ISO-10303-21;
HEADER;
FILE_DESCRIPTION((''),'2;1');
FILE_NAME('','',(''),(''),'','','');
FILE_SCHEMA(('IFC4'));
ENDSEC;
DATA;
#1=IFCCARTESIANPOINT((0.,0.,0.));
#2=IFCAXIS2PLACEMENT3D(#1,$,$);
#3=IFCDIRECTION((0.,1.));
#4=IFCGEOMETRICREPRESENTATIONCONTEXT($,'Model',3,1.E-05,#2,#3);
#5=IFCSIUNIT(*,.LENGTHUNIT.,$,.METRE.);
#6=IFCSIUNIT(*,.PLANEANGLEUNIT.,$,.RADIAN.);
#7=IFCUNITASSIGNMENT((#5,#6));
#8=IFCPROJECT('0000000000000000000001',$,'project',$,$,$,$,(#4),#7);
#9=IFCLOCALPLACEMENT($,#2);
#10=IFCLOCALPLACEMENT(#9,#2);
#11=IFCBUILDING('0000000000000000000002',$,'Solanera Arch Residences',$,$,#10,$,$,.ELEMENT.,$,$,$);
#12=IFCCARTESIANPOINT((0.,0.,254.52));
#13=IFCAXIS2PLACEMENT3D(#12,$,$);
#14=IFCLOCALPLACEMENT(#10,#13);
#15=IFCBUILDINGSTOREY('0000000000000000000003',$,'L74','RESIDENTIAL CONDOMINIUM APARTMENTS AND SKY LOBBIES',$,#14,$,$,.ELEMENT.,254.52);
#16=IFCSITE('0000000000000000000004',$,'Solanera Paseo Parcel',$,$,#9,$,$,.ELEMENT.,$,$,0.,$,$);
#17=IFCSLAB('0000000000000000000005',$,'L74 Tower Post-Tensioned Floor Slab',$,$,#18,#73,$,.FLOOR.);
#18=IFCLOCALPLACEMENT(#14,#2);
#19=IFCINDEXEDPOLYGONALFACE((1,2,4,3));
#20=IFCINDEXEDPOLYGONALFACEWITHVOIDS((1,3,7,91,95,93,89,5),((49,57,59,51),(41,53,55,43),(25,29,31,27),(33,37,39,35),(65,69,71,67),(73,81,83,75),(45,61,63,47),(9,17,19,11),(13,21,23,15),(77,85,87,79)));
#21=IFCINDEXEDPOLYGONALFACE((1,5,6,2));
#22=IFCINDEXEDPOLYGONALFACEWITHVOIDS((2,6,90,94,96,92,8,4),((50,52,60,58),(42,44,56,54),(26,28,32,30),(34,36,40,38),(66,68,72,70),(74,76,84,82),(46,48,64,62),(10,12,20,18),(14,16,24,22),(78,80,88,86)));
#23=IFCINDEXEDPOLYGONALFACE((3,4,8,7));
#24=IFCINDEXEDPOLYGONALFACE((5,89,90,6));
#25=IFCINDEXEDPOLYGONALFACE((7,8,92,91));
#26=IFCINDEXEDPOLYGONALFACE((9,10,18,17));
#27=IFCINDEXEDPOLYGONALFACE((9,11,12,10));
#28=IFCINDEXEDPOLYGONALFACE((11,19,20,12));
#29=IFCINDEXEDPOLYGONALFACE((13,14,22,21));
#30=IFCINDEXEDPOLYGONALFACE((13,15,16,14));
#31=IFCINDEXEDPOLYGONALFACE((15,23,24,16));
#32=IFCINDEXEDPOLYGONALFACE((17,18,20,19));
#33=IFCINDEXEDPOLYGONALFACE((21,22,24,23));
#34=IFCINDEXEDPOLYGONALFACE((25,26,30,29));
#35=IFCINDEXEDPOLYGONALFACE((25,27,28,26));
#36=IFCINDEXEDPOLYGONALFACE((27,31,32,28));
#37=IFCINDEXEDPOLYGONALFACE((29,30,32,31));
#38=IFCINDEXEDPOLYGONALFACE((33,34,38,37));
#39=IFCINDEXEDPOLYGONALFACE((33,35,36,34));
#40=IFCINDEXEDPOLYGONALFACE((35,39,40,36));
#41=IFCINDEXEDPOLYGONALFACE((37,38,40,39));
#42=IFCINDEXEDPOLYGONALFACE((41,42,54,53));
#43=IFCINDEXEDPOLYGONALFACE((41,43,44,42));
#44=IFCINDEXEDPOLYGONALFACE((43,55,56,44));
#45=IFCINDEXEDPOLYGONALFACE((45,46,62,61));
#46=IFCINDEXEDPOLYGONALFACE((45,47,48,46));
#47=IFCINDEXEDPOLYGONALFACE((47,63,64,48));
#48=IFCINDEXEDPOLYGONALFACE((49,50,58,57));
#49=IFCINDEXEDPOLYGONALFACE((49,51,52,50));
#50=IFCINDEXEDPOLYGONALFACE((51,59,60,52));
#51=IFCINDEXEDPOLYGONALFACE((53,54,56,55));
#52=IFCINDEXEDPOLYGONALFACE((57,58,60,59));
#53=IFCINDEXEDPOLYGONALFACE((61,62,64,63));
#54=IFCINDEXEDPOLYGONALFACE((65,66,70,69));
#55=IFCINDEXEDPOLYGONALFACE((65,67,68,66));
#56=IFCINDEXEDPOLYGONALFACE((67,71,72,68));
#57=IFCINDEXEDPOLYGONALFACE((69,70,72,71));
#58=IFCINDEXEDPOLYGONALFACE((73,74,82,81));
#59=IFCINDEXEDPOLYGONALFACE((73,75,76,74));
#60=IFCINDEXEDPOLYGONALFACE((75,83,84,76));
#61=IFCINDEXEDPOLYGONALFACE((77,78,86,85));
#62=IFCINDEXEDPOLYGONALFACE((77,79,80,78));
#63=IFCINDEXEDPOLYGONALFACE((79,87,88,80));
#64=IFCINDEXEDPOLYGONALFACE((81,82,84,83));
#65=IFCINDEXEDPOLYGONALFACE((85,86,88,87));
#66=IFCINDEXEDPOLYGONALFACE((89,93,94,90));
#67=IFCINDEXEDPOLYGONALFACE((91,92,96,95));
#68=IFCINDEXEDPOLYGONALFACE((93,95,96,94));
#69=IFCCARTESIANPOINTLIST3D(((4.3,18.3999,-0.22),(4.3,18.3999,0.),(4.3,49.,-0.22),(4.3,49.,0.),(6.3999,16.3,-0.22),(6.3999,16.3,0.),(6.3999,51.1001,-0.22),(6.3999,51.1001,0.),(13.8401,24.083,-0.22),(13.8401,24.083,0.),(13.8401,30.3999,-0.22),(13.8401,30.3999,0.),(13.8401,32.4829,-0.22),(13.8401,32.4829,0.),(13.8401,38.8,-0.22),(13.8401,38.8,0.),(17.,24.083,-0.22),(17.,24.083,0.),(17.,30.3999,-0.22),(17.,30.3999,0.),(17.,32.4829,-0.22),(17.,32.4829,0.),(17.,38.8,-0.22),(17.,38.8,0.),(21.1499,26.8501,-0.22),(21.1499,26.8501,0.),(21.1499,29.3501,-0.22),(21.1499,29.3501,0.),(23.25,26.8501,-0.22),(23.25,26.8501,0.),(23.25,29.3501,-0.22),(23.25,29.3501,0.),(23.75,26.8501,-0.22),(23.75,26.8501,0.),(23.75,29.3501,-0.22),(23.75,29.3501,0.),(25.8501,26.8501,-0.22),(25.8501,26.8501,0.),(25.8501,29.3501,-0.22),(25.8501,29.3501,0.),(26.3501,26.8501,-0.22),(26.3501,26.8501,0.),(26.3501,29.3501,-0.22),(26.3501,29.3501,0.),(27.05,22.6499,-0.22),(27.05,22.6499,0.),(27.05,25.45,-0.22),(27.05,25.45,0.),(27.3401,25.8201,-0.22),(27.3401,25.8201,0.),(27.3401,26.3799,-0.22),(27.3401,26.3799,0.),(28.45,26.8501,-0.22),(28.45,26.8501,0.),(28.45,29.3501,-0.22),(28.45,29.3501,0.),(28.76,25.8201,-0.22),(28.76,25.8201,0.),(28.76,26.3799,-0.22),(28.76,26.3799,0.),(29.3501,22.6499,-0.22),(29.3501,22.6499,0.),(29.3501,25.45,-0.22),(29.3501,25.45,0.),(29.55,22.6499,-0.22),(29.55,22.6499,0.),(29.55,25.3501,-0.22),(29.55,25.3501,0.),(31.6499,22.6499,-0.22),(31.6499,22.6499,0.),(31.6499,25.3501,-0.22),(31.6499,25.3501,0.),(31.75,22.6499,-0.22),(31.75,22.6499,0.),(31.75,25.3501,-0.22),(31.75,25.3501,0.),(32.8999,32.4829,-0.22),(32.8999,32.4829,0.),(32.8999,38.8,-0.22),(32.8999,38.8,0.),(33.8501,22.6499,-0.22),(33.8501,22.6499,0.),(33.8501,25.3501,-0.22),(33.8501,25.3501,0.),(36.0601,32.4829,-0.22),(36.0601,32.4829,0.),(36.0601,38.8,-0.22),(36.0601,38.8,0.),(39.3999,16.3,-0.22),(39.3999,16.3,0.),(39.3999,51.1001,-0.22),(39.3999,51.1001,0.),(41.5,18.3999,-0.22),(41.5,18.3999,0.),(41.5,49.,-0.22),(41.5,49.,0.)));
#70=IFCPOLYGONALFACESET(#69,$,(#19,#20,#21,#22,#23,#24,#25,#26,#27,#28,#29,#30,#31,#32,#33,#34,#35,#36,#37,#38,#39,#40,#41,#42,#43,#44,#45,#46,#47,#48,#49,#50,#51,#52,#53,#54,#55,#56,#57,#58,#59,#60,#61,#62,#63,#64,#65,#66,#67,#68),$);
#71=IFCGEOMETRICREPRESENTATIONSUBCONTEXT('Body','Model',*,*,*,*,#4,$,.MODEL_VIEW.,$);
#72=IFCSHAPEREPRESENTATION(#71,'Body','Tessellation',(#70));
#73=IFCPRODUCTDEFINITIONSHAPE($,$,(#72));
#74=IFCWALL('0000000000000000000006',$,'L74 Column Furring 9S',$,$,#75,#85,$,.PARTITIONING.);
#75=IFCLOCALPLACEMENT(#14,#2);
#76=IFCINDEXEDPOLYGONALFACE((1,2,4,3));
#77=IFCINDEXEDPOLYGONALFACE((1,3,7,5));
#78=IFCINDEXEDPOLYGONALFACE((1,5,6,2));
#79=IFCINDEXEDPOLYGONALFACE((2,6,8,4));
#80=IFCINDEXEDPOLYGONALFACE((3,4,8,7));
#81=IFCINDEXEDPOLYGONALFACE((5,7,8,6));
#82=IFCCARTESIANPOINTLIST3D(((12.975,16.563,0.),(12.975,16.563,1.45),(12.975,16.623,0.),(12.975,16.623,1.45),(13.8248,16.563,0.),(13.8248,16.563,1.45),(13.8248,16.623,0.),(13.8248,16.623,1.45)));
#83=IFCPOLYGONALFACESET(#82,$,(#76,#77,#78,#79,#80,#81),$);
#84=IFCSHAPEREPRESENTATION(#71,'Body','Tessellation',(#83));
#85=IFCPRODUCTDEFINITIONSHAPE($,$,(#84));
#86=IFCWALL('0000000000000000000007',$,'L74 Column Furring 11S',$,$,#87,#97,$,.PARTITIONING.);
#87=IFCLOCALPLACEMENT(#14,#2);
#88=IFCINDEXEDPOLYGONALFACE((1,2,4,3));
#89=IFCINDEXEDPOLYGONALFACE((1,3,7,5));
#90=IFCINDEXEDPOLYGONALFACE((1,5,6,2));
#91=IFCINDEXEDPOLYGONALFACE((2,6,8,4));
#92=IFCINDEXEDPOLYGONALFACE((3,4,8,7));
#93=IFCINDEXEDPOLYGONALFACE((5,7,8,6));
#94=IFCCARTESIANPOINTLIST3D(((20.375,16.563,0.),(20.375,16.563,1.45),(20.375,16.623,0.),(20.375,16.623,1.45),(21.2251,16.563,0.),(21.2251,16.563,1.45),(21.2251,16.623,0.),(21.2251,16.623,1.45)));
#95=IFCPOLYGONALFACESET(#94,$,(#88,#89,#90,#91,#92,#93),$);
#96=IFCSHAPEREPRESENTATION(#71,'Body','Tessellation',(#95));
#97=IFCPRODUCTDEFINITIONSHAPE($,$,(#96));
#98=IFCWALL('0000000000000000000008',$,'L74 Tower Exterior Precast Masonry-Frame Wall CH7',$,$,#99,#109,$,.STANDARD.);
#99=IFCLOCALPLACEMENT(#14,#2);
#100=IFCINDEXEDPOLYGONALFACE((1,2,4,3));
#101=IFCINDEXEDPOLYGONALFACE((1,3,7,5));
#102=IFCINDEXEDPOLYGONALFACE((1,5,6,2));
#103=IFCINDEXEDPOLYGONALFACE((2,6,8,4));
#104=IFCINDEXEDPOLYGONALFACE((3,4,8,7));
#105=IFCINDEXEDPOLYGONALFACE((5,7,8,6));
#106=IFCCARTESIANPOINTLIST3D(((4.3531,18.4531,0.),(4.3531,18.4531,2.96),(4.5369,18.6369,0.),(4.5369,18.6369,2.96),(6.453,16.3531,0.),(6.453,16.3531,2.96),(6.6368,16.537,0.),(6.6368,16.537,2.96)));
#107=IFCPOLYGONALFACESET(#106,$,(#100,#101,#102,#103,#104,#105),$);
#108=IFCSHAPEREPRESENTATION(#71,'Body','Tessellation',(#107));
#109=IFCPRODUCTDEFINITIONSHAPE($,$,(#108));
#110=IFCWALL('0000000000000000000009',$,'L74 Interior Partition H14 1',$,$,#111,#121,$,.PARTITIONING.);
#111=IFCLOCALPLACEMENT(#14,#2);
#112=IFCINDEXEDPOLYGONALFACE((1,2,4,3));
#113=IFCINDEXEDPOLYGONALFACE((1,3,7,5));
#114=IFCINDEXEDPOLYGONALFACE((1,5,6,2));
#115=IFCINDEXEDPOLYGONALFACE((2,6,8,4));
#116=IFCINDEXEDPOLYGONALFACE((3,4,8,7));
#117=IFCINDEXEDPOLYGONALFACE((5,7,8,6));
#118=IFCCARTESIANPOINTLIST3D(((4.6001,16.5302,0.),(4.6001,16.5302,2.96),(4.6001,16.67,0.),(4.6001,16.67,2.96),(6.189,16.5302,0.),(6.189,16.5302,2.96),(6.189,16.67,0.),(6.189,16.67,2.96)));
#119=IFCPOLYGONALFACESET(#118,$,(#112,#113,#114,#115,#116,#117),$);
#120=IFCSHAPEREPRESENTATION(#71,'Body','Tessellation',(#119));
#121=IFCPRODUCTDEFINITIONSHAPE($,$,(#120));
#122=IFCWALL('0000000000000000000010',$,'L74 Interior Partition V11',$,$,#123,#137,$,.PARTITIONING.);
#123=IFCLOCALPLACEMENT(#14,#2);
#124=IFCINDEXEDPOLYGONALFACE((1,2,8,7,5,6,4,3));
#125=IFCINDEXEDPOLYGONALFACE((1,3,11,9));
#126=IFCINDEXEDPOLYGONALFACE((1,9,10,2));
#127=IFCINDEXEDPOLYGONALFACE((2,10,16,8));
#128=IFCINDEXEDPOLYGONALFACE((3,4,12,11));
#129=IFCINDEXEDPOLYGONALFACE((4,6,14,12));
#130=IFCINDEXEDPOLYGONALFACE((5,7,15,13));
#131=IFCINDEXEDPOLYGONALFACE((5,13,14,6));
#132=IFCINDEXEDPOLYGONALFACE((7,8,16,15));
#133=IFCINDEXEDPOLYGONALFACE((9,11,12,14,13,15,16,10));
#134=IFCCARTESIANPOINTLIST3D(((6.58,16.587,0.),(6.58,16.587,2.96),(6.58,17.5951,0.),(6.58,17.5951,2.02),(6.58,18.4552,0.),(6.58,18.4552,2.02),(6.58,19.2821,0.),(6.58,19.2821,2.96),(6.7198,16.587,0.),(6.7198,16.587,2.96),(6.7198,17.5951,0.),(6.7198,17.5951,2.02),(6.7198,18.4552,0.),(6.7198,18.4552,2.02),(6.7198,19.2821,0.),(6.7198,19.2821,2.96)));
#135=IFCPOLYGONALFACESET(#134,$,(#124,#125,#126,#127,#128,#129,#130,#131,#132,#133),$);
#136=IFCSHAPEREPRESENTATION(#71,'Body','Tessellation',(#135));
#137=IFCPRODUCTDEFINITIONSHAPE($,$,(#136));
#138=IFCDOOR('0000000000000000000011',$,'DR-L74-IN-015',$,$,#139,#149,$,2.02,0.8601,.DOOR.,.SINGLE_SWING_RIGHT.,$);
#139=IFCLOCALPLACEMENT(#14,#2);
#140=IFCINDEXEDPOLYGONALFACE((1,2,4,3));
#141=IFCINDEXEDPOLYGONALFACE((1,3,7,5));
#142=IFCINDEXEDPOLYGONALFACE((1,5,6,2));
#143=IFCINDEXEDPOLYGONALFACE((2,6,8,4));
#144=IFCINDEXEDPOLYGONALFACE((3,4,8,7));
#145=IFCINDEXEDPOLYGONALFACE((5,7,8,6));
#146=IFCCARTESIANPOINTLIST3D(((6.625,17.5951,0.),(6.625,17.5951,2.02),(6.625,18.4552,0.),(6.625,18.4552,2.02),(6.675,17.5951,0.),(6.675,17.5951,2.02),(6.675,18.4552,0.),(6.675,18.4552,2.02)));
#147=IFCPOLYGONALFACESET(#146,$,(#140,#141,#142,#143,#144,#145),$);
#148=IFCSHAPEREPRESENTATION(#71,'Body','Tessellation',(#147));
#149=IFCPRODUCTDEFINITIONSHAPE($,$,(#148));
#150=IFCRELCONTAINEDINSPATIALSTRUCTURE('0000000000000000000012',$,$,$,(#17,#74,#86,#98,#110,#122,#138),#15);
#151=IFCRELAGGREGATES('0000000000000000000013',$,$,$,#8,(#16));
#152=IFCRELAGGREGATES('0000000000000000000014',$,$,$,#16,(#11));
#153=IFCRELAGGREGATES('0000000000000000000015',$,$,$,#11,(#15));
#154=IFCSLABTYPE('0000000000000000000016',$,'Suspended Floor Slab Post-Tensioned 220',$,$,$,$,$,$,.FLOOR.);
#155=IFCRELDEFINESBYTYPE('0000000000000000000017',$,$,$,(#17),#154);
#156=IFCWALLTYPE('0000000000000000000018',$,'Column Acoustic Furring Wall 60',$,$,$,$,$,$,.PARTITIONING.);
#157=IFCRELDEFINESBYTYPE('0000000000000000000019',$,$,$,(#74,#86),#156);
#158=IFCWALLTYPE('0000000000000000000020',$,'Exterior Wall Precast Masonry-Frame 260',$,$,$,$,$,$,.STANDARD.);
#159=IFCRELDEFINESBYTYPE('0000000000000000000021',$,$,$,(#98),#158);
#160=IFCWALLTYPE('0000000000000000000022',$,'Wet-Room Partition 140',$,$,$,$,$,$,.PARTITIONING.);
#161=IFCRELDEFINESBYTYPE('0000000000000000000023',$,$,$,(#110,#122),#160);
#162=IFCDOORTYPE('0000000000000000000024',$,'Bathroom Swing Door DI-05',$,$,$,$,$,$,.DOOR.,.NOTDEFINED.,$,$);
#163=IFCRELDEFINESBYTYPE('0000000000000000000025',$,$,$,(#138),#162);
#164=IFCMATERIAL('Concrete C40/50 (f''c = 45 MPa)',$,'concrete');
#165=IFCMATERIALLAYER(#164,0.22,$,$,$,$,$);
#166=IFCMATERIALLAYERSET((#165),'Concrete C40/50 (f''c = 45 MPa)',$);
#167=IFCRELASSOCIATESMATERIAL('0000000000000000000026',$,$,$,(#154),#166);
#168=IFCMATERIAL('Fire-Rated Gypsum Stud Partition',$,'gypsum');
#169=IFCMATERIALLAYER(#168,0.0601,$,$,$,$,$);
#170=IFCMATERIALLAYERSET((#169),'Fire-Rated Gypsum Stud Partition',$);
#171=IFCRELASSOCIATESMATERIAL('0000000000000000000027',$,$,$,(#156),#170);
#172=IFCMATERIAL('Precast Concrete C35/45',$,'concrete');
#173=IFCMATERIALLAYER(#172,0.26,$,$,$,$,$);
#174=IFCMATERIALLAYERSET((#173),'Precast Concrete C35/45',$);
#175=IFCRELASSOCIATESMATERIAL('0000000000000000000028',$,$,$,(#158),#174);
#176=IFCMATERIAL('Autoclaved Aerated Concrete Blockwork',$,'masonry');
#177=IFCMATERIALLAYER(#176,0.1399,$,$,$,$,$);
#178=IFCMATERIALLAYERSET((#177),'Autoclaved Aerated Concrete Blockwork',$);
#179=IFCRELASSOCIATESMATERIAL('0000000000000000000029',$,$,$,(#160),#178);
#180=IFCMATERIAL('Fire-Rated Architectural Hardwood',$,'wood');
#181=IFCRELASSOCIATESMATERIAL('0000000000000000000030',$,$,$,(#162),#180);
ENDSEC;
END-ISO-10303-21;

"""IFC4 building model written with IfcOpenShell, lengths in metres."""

from ifc_helpers import new_model, si_unit, direction, frame, frame_2d, origin, place, context, subcontext, project, spatial, polyline, rectangle, outline, extrude, material, layer, layer_set, type_object, element, fill, save


model = new_model("IFC4")

# Units and contexts
model_context = context("Model", 3, precision=1e-05, world=origin(), true_north=direction((0.0, 1.0)))
body_context = subcontext(model_context, "Body", "Model", "MODEL_VIEW")
ifc_project = project(units=[si_unit("LENGTHUNIT", "METRE"), si_unit("PLANEANGLEUNIT", "RADIAN")], contexts=[model_context])

# Site, building, storey
site_placement = place(None, origin())
site = spatial("IfcSite", under=ifc_project, at=site_placement, Name="Solanera Paseo Parcel", CompositionType="ELEMENT", RefElevation=0.0)
building_placement = place(site_placement, origin())
building = spatial("IfcBuilding", under=site, at=building_placement, Name="Solanera Arch Residences", CompositionType="ELEMENT")
storey_placement = place(building_placement, frame((0.0, 0.0, 254.52)))
storey = spatial("IfcBuildingStorey", under=building, at=storey_placement, Name="L74", Description="RESIDENTIAL CONDOMINIUM APARTMENTS AND SKY LOBBIES", CompositionType="ELEMENT", Elevation=254.52)

# Slab
ifc_material_1 = material(Name="Concrete C40/50 (f'c = 45 MPa)", Category="concrete")
ifc_layer_1 = layer(ifc_material_1, 0.22)
ifc_layer_set_1 = layer_set([ifc_layer_1], Name="Concrete C40/50 (f'c = 45 MPa)")
slab_type_1 = type_object("IfcSlabType", Name="Suspended Floor Slab Post-Tensioned 220", PredefinedType="FLOOR", material=ifc_layer_set_1)
slab_1_placement = place(storey_placement, frame((0.0, 0.0, -0.22)))
element("IfcSlab", 1, at=slab_1_placement, inside=storey, type_object=slab_type_1, Name="L74 Tower Post-Tensioned Floor Slab", PredefinedType="FLOOR", context=body_context, shape_type="SweptSolid", body=[
    extrude(outline(polyline([(6.3999, 16.3), (39.3999, 16.3), (41.5, 18.3999), (41.5, 49.0), (39.3999, 51.1001), (6.3999, 51.1001), (4.3, 49.0), (4.3, 18.3999), (6.3999, 16.3)]), holes=[polyline([(13.8401, 32.4829), (13.8401, 38.8), (17.0, 38.8), (17.0, 32.4829), (13.8401, 32.4829)]), polyline([(32.8999, 32.4829), (32.8999, 38.8), (36.0601, 38.8), (36.0601, 32.4829), (32.8999, 32.4829)]), polyline([(13.8401, 24.083), (13.8401, 30.3999), (17.0, 30.3999), (17.0, 24.083), (13.8401, 24.083)]), polyline([(21.1499, 29.3501), (23.25, 29.3501), (23.25, 26.8501), (21.1499, 26.8501), (21.1499, 29.3501)]), polyline([(23.75, 29.3501), (25.8501, 29.3501), (25.8501, 26.8501), (23.75, 26.8501), (23.75, 29.3501)]), polyline([(26.3501, 29.3501), (28.45, 29.3501), (28.45, 26.8501), (26.3501, 26.8501), (26.3501, 29.3501)]), polyline([(29.55, 25.3501), (31.6499, 25.3501), (31.6499, 22.6499), (29.55, 22.6499), (29.55, 25.3501)]), polyline([(31.75, 25.3501), (33.8501, 25.3501), (33.8501, 22.6499), (31.75, 22.6499), (31.75, 25.3501)]), polyline([(27.05, 25.45), (29.3501, 25.45), (29.3501, 22.6499), (27.05, 22.6499), (27.05, 25.45)]), polyline([(27.3401, 26.3799), (28.76, 26.3799), (28.76, 25.8201), (27.3401, 25.8201), (27.3401, 26.3799)])]), origin(), (0.0, 0.0, 1.0), 0.22),
])

# Walls
ifc_material_2 = material(Name="Fire-Rated Gypsum Stud Partition", Category="gypsum")
ifc_layer_2 = layer(ifc_material_2, 0.0601)
ifc_layer_set_2 = layer_set([ifc_layer_2], Name="Fire-Rated Gypsum Stud Partition")
wall_type_1 = type_object("IfcWallType", Name="Column Acoustic Furring Wall 60", PredefinedType="PARTITIONING", material=ifc_layer_set_2)
wall_1_placement = place(storey_placement, frame((12.9751, 16.593, 0.0), z_axis=(0.0, 0.0, 1.0), x_axis=(1.0, 0.0, 0.0)))
element("IfcWall", 2, at=wall_1_placement, inside=storey, type_object=wall_type_1, Name="L74 Column Furring 9S", PredefinedType="PARTITIONING", context=body_context, shape_type="SweptSolid", body=[
    extrude(rectangle(XDim=0.8499, YDim=0.0601, at=frame_2d((0.4248, 0.0))), origin(), (0.0, 0.0, 1.0), 1.45),
])
wall_2_placement = place(storey_placement, frame((20.375, 16.593, 0.0), z_axis=(0.0, 0.0, 1.0), x_axis=(1.0, 0.0, 0.0)))
element("IfcWall", 3, at=wall_2_placement, inside=storey, type_object=wall_type_1, Name="L74 Column Furring 11S", PredefinedType="PARTITIONING", context=body_context, shape_type="SweptSolid", body=[
    extrude(rectangle(XDim=0.8501, YDim=0.0601, at=frame_2d((0.425, 0.0))), origin(), (0.0, 0.0, 1.0), 1.45),
])
ifc_material_3 = material(Name="Precast Concrete C35/45", Category="concrete")
ifc_layer_3 = layer(ifc_material_3, 0.26)
ifc_layer_set_3 = layer_set([ifc_layer_3], Name="Precast Concrete C35/45")
wall_type_2 = type_object("IfcWallType", Name="Exterior Wall Precast Masonry-Frame 260", PredefinedType="STANDARD", material=ifc_layer_set_3)
wall_3_placement = place(storey_placement, frame((6.5449, 16.4451, 0.0), z_axis=(0.0, 0.0, 1.0), x_axis=(-0.707107, 0.707107, 0.0)))
element("IfcWall", 4, at=wall_3_placement, inside=storey, type_object=wall_type_2, Name="L74 Tower Exterior Precast Masonry-Frame Wall CH7", PredefinedType="STANDARD", context=body_context, shape_type="SweptSolid", body=[
    extrude(rectangle(XDim=2.9697, YDim=0.26, at=frame_2d((1.4849, 0.0))), origin(), (0.0, 0.0, 1.0), 2.96),
])
ifc_material_4 = material(Name="Autoclaved Aerated Concrete Blockwork", Category="masonry")
ifc_layer_4 = layer(ifc_material_4, 0.1399)
ifc_layer_set_4 = layer_set([ifc_layer_4], Name="Autoclaved Aerated Concrete Blockwork")
wall_type_3 = type_object("IfcWallType", Name="Wet-Room Partition 140", PredefinedType="PARTITIONING", material=ifc_layer_set_4)
wall_4_placement = place(storey_placement, frame((4.6001, 16.6001, 0.0), z_axis=(0.0, 0.0, 1.0), x_axis=(1.0, 0.0, 0.0)))
element("IfcWall", 5, at=wall_4_placement, inside=storey, type_object=wall_type_3, Name="L74 Interior Partition H14 1", PredefinedType="PARTITIONING", context=body_context, shape_type="SweptSolid", body=[
    extrude(rectangle(XDim=1.5889, YDim=0.1399, at=frame_2d((0.7944, 0.0))), origin(), (0.0, 0.0, 1.0), 2.96),
])

# Wall, opening, door
wall_5_placement = place(storey_placement, frame((6.6499, 16.5869, 0.0), z_axis=(0.0, 0.0, 1.0), x_axis=(0.0, 1.0, 0.0)))
wall_5 = element("IfcWall", 6, at=wall_5_placement, inside=storey, type_object=wall_type_3, Name="L74 Interior Partition V11", PredefinedType="PARTITIONING", context=body_context, shape_type="SweptSolid", body=[
    extrude(rectangle(XDim=2.6951, YDim=0.1399, at=frame_2d((1.3477, 0.0))), origin(), (0.0, 0.0, 1.0), 2.96),
])
opening_placement = place(wall_5_placement, frame((1.0081, 0.0, 0.0)))
opening = element("IfcOpeningElement", 7, at=opening_placement, cuts=wall_5, PredefinedType="OPENING", context=body_context, shape_type="SweptSolid", body=[
    extrude(rectangle(XDim=0.8601, YDim=2.02, at=frame_2d((0.4302, 1.01))), frame((0.0, 0.0798, 0.0), z_axis=(0.0, -1.0, 0.0), x_axis=(1.0, 0.0, 0.0)), (0.0, 0.0, 1.0), 0.1599),
])
ifc_material_5 = material(Name="Fire-Rated Architectural Hardwood", Category="wood")
door_type = type_object("IfcDoorType", Name="Bathroom Swing Door DI-05", OperationType="NOTDEFINED", PredefinedType="DOOR", material=ifc_material_5)
door_placement = place(opening_placement, origin())
door = element("IfcDoor", 8, at=door_placement, inside=storey, type_object=door_type, Name="DR-L74-IN-015", OperationType="SINGLE_SWING_RIGHT", OverallHeight=2.02, OverallWidth=0.8601, PredefinedType="DOOR", context=body_context, shape_type="SweptSolid", body=[
    extrude(rectangle(XDim=0.8601, YDim=2.02, at=frame_2d((0.4302, 1.01))), frame((0.0, 0.0249, 0.0), z_axis=(0.0, -1.0, 0.0), x_axis=(1.0, 0.0, 0.0)), (0.0, 0.0, 1.0), 0.05),
])
fill(opening, door)

save(model, "model.ifc")
